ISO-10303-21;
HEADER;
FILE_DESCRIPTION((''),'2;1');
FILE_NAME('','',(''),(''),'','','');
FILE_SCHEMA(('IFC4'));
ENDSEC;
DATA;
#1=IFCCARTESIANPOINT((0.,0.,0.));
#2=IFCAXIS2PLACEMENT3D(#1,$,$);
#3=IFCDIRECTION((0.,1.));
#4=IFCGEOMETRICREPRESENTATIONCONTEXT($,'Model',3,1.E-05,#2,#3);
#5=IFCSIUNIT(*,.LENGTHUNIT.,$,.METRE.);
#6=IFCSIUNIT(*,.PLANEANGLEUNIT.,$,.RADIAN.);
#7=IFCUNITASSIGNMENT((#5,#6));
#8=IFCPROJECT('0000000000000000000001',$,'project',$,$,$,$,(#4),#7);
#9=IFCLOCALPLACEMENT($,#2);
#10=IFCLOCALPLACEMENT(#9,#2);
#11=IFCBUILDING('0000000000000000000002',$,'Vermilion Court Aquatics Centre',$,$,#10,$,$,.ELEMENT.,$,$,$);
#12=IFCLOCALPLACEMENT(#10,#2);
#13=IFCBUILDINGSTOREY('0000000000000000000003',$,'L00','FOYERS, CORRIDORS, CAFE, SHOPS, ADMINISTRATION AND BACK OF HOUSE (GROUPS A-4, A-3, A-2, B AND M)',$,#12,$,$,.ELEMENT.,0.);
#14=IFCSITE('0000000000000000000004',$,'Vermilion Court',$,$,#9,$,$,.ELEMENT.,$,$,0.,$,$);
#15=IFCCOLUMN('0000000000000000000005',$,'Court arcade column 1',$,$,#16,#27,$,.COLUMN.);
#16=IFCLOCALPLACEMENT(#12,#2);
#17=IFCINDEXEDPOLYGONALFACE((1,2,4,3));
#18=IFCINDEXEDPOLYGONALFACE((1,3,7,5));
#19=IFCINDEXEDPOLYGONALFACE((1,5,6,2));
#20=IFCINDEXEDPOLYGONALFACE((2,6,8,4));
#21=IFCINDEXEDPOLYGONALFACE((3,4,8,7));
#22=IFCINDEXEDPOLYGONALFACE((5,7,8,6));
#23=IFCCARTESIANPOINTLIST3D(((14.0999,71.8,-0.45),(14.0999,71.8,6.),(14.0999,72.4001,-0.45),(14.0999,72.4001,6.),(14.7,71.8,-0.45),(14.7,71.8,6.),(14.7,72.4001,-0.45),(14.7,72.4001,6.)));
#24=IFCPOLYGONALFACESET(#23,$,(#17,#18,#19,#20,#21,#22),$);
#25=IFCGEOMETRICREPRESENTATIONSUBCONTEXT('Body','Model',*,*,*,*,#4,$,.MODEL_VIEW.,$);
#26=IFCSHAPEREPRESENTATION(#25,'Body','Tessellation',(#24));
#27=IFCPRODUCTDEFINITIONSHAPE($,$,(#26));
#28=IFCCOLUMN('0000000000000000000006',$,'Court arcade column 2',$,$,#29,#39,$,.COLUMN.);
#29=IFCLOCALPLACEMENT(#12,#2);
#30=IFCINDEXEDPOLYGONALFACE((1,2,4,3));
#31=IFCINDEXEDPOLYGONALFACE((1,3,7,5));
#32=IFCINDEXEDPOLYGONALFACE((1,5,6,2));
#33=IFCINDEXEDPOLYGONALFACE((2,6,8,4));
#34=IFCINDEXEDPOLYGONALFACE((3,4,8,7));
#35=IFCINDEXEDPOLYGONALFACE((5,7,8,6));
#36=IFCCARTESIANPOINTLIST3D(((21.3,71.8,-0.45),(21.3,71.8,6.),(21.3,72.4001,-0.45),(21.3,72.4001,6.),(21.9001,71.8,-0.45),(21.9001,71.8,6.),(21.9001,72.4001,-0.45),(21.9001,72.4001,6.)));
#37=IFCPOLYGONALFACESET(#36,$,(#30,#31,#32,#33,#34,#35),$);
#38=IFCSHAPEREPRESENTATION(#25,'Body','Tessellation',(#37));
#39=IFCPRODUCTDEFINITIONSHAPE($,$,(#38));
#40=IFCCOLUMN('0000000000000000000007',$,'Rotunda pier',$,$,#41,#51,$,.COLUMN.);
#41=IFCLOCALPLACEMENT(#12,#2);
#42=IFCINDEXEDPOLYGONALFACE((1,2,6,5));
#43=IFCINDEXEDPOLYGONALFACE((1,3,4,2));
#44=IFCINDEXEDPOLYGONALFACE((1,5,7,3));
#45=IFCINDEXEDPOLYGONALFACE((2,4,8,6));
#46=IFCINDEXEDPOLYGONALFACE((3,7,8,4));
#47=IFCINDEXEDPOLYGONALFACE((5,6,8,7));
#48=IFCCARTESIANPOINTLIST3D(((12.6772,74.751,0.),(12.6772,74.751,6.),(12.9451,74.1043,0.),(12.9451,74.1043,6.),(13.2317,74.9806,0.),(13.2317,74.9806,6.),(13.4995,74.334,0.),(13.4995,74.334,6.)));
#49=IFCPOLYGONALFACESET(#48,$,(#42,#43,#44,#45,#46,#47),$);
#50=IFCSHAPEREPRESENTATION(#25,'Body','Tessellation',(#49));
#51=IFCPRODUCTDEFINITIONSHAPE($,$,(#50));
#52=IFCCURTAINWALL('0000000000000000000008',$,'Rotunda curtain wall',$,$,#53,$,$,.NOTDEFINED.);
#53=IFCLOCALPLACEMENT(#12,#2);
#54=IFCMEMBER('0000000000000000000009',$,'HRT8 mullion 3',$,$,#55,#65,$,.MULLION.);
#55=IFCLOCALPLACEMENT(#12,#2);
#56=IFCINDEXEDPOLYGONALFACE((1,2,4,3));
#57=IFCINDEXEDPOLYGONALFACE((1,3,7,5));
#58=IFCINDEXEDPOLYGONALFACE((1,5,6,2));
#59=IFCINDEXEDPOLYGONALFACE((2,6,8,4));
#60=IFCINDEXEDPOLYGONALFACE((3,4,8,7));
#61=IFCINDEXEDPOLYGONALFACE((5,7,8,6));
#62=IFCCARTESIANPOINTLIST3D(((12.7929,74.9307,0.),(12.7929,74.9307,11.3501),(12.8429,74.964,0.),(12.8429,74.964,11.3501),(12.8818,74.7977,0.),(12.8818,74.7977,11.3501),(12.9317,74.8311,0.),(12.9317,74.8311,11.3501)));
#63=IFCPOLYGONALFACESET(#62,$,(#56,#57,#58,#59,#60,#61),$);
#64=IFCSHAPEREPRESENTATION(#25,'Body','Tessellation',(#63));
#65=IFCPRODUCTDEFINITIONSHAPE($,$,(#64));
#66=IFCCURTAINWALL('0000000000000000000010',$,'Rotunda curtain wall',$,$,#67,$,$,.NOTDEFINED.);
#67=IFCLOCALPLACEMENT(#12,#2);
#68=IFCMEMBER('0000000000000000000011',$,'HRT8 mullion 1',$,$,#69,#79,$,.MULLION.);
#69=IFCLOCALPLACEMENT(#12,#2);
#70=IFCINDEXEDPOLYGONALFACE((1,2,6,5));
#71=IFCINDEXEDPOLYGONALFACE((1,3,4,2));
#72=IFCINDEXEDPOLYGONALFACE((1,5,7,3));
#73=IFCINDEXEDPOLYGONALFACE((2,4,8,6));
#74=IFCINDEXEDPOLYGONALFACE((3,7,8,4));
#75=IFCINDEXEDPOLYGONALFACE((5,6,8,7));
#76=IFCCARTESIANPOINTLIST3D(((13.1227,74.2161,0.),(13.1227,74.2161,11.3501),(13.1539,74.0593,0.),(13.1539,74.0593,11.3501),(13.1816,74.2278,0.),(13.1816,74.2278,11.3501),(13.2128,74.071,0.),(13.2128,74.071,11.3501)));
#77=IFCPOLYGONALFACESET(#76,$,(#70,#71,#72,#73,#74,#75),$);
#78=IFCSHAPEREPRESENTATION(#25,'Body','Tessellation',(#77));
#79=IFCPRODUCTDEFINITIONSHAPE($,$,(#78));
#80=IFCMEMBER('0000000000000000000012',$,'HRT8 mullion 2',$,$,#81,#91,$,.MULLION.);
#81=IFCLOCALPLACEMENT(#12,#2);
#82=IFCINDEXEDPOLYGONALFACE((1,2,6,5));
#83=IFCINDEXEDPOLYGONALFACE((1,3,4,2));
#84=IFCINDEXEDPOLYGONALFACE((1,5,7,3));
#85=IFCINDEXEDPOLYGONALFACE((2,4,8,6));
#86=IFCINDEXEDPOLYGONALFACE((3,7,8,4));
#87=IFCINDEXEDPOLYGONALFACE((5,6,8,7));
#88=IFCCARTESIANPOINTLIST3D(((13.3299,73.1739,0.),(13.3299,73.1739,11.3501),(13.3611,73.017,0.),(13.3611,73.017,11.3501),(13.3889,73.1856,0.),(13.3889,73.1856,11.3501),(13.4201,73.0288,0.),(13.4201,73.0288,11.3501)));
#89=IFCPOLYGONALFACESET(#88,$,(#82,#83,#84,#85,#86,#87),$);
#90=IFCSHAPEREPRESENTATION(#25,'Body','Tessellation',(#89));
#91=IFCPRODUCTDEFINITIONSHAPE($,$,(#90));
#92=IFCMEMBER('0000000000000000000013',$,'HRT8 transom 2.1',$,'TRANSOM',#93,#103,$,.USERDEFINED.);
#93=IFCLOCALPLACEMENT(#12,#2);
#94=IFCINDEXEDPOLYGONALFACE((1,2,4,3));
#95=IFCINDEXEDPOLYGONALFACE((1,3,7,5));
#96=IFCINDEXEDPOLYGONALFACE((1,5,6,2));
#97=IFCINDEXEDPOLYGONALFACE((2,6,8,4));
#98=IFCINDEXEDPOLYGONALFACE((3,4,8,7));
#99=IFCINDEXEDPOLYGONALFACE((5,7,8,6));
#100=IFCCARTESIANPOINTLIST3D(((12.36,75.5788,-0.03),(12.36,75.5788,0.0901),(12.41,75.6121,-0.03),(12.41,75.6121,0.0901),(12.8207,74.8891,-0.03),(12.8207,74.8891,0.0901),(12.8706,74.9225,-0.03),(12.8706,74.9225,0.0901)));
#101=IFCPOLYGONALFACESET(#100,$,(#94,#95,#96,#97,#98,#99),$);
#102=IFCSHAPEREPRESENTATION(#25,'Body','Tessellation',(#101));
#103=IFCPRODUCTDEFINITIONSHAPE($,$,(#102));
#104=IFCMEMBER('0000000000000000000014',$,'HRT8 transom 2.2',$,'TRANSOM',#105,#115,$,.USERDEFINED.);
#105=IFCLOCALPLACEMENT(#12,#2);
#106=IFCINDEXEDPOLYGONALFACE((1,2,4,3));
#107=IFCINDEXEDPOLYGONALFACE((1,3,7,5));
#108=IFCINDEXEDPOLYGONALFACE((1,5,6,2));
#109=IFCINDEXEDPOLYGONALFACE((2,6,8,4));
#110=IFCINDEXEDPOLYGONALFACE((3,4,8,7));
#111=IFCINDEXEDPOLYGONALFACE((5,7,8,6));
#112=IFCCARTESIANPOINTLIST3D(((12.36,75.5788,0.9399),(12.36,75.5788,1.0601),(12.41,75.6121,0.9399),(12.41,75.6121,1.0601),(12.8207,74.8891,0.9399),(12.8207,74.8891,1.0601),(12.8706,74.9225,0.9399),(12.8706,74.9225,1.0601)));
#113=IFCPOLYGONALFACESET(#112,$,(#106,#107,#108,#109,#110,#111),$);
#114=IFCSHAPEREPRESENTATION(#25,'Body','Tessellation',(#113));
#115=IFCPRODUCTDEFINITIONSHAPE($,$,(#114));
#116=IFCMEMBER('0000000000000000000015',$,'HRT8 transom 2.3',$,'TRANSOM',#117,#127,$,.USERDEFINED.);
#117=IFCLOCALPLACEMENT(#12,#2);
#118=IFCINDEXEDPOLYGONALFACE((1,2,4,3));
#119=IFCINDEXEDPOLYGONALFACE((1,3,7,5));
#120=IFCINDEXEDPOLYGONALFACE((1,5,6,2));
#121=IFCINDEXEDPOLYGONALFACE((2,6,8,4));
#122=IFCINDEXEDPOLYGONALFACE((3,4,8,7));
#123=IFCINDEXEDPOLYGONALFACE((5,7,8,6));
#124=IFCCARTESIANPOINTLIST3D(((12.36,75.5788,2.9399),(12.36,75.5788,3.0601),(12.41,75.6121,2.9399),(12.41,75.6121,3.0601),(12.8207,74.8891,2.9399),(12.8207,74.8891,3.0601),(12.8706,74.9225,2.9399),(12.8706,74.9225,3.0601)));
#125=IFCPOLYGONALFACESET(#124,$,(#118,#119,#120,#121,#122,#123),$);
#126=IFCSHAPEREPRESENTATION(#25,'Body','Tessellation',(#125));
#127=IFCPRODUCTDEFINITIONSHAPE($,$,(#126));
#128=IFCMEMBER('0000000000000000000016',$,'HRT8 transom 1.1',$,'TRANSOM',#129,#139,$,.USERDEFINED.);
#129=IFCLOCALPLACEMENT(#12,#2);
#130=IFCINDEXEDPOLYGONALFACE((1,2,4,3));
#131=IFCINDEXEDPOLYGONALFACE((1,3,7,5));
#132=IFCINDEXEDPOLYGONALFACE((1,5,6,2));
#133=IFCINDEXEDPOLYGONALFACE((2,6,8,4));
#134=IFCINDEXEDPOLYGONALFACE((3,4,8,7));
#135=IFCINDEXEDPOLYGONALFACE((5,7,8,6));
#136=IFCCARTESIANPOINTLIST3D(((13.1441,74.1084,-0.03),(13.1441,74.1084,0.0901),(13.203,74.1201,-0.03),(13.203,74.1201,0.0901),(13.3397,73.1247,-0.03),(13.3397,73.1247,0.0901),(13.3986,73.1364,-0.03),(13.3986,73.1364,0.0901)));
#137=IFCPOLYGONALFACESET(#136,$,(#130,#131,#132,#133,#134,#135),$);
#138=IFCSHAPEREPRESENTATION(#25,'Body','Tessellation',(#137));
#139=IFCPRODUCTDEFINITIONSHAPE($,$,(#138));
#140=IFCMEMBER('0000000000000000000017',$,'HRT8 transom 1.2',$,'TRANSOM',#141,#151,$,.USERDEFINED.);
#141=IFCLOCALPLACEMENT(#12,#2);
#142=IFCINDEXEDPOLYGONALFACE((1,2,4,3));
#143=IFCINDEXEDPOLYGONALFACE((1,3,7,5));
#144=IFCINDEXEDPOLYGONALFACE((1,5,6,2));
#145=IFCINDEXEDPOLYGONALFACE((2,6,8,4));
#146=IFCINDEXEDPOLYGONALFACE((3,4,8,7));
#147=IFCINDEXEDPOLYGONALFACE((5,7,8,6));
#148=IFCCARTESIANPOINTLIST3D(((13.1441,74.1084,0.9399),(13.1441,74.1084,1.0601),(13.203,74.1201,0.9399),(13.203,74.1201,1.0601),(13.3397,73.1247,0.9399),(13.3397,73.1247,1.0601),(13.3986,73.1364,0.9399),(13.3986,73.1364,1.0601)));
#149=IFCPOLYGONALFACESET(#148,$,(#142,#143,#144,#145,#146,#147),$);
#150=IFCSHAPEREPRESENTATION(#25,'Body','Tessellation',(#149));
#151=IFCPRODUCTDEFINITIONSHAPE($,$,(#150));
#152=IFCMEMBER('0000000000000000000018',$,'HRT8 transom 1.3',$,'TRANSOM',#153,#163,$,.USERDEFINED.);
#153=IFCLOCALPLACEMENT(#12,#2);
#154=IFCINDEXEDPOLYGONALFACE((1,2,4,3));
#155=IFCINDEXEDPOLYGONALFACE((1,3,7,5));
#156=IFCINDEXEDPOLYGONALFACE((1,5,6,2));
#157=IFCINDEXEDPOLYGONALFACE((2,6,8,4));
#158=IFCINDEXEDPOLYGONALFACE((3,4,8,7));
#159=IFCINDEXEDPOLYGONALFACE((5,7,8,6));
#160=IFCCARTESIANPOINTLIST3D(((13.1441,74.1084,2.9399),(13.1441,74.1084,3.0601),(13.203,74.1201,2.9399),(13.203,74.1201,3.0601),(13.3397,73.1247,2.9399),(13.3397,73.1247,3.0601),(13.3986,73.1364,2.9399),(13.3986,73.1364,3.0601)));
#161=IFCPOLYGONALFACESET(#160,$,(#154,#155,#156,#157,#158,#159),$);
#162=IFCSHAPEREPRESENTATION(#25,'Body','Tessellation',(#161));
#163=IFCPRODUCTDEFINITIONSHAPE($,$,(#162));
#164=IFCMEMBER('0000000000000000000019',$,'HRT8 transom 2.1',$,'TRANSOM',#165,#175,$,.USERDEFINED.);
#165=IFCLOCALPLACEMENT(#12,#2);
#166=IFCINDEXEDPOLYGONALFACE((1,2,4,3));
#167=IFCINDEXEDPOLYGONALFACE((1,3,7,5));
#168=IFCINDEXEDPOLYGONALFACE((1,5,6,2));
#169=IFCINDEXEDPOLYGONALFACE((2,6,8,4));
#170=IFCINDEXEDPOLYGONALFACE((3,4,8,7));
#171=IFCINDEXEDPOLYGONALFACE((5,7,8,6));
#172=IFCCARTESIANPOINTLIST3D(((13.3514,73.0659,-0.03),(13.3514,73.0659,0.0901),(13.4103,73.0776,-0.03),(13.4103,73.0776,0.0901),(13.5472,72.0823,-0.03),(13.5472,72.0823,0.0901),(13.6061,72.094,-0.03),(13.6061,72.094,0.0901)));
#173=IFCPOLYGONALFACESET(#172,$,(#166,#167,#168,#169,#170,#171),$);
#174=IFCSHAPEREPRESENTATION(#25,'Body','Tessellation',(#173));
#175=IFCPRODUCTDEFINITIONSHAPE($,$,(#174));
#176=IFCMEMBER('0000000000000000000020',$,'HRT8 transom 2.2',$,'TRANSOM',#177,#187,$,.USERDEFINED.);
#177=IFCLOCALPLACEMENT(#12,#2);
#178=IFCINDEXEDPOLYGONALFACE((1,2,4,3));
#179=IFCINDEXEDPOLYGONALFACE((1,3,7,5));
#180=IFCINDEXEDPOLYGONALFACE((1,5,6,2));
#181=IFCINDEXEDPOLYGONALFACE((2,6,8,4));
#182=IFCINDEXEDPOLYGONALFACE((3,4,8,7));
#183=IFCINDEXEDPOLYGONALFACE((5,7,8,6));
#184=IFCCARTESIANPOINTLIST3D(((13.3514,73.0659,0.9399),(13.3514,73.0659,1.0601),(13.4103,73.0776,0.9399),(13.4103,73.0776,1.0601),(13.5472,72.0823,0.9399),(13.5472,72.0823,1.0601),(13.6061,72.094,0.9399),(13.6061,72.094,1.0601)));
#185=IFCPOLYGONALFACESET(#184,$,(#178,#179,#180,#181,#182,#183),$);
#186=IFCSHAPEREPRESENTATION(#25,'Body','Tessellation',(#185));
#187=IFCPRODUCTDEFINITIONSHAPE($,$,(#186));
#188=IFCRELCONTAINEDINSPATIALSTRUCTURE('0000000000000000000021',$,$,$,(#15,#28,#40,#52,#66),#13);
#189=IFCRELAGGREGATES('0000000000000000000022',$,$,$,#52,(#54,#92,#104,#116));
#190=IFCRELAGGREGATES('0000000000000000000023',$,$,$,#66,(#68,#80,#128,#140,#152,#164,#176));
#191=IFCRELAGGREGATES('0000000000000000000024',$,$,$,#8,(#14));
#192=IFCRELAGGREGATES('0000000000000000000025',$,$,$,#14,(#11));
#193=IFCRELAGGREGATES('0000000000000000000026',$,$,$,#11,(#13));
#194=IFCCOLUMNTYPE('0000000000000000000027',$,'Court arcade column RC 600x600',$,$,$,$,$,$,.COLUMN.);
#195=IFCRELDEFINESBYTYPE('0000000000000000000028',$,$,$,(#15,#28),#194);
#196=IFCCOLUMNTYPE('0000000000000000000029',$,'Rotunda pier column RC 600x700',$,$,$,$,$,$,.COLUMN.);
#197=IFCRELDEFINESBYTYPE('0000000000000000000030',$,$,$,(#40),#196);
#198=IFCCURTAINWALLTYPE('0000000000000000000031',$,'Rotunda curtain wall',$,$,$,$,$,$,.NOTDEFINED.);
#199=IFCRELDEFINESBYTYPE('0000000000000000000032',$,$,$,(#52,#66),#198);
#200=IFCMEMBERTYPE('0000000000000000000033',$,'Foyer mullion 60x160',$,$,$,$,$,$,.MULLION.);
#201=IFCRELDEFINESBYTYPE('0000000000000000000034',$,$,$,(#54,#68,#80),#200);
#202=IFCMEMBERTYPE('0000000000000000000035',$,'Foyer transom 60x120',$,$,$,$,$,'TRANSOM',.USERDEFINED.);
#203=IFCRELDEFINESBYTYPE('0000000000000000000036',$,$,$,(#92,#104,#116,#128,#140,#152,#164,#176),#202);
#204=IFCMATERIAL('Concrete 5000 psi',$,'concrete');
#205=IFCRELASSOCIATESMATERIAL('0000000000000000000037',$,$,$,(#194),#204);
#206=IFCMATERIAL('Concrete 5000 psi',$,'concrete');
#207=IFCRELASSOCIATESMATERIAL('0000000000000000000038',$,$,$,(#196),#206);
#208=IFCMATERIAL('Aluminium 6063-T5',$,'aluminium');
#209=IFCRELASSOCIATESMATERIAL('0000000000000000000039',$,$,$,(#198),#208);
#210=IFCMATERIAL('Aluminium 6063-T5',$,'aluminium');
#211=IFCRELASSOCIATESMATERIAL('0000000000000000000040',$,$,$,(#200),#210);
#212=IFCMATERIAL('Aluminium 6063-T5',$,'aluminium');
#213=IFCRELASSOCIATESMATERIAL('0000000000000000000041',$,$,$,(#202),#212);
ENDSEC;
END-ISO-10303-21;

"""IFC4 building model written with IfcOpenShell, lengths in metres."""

from ifc_helpers import new_model, si_unit, direction, frame, origin, origin_2d, place, context, subcontext, project, spatial, rectangle, extrude, material, material_profile, profile_set, type_object, element, aggregate, save


model = new_model("IFC4")

# Units and contexts
model_context = context("Model", 3, precision=1e-05, world=origin(), true_north=direction((0.0, 1.0)))
body_context = subcontext(model_context, "Body", "Model", "MODEL_VIEW")
ifc_project = project(units=[si_unit("LENGTHUNIT", "METRE"), si_unit("PLANEANGLEUNIT", "RADIAN")], contexts=[model_context])

# Site, building, storey
site_placement = place(None, origin())
site = spatial("IfcSite", under=ifc_project, at=site_placement, Name="Vermilion Court", CompositionType="ELEMENT", RefElevation=0.0)
building_placement = place(site_placement, origin())
building = spatial("IfcBuilding", under=site, at=building_placement, Name="Vermilion Court Aquatics Centre", CompositionType="ELEMENT")
storey_placement = place(building_placement, origin())
storey = spatial("IfcBuildingStorey", under=building, at=storey_placement, Name="L00", Description="FOYERS, CORRIDORS, CAFE, SHOPS, ADMINISTRATION AND BACK OF HOUSE (GROUPS A-4, A-3, A-2, B AND M)", CompositionType="ELEMENT", Elevation=0.0)

# Columns
ifc_material_1 = material(Name="Concrete 5000 psi", Category="concrete")
ifc_material_profile_1 = material_profile(ifc_material_1, rectangle(XDim=0.6001, YDim=0.6001, at=origin_2d()), Name="RC 600x600")
ifc_profile_set_1 = profile_set([ifc_material_profile_1], Name="Concrete 5000 psi")
column_type_1 = type_object("IfcColumnType", Name="Court arcade column RC 600x600", PredefinedType="COLUMN", material=ifc_profile_set_1)
for number, where, z_axis, x_axis, name in (
    (1, (14.3999, 72.1001, -0.45), (0.0, 0.0, 1.0), (1.0, 0.0, 0.0), "Court arcade column 1"),
    (2, (21.6001, 72.1001, -0.45), (0.0, 0.0, 1.0), (1.0, 0.0, 0.0), "Court arcade column 2"),
):
    element("IfcColumn", number, at=place(storey_placement, frame(where, z_axis=z_axis, x_axis=x_axis)), inside=storey, type_object=column_type_1, Name=name, PredefinedType="COLUMN", context=body_context, shape_type="SweptSolid", body=[
        extrude(rectangle(XDim=0.6001, YDim=0.6001, at=origin_2d()), origin(), (0.0, 0.0, 1.0), 6.45),
    ])
ifc_material_2 = material(Name="Concrete 5000 psi", Category="concrete")
ifc_material_profile_2 = material_profile(ifc_material_2, rectangle(XDim=0.6001, YDim=0.7, at=origin_2d()), Name="RC 600x700")
ifc_profile_set_2 = profile_set([ifc_material_profile_2], Name="Concrete 5000 psi")
column_type_2 = type_object("IfcColumnType", Name="Rotunda pier column RC 600x700", PredefinedType="COLUMN", material=ifc_profile_set_2)
column_placement = place(storey_placement, frame((13.0884, 74.5425, 0.0), z_axis=(0.0, 0.0, 1.0), x_axis=(0.92388, 0.382683, 0.0)))
element("IfcColumn", 3, at=column_placement, inside=storey, type_object=column_type_2, Name="Rotunda pier", PredefinedType="COLUMN", context=body_context, shape_type="SweptSolid", body=[
    extrude(rectangle(XDim=0.6001, YDim=0.7, at=origin_2d()), origin(), (0.0, 0.0, 1.0), 6.0),
])

# Curtain wall, member
ifc_material_3 = material(Name="Aluminium 6063-T5", Category="aluminium")
curtain_wall_type = type_object("IfcCurtainWallType", Name="Rotunda curtain wall", PredefinedType="NOTDEFINED", material=ifc_material_3)
curtain_wall_1_placement = place(storey_placement, origin())
curtain_wall_1 = element("IfcCurtainWall", 4, at=curtain_wall_1_placement, inside=storey, type_object=curtain_wall_type, Name="Rotunda curtain wall", PredefinedType="NOTDEFINED")
ifc_material_4 = material(Name="Aluminium 6063-T5", Category="aluminium")
ifc_material_profile_3 = material_profile(ifc_material_4, rectangle(XDim=0.0601, YDim=0.1599, at=origin_2d()), Name="Aluminium 60x160")
ifc_profile_set_3 = profile_set([ifc_material_profile_3], Name="Aluminium 6063-T5")
member_type_1 = type_object("IfcMemberType", Name="Foyer mullion 60x160", PredefinedType="MULLION", material=ifc_profile_set_3)
member_1_placement = place(storey_placement, frame((12.8623, 74.8809, 0.0), z_axis=(0.0, 0.0, 1.0), x_axis=(0.831489, 0.555541, 0.0)))
member_1 = element("IfcMember", 5, at=member_1_placement, type_object=member_type_1, Name="HRT8 mullion 3", PredefinedType="MULLION", context=body_context, shape_type="SweptSolid", body=[
    extrude(rectangle(XDim=0.0601, YDim=0.1599, at=origin_2d()), origin(), (0.0, 0.0, 1.0), 11.3501),
])

# Curtain wall, members
curtain_wall_2_placement = place(storey_placement, origin())
curtain_wall_2 = element("IfcCurtainWall", 6, at=curtain_wall_2_placement, inside=storey, type_object=curtain_wall_type, Name="Rotunda curtain wall", PredefinedType="NOTDEFINED")
member_2_placement = place(storey_placement, frame((13.1677, 74.1436, 0.0), z_axis=(0.0, 0.0, 1.0), x_axis=(0.980784, 0.195095, 0.0)))
member_2 = element("IfcMember", 7, at=member_2_placement, type_object=member_type_1, Name="HRT8 mullion 1", PredefinedType="MULLION", context=body_context, shape_type="SweptSolid", body=[
    extrude(rectangle(XDim=0.0601, YDim=0.1599, at=origin_2d()), origin(), (0.0, 0.0, 1.0), 11.3501),
])
member_3_placement = place(storey_placement, frame((13.375, 73.1013, 0.0), z_axis=(0.0, 0.0, 1.0), x_axis=(0.980784, 0.195095, 0.0)))
member_3 = element("IfcMember", 8, at=member_3_placement, type_object=member_type_1, Name="HRT8 mullion 2", PredefinedType="MULLION", context=body_context, shape_type="SweptSolid", body=[
    extrude(rectangle(XDim=0.0601, YDim=0.1599, at=origin_2d()), origin(), (0.0, 0.0, 1.0), 11.3501),
])

# Members
ifc_material_5 = material(Name="Aluminium 6063-T5", Category="aluminium")
ifc_material_profile_4 = material_profile(ifc_material_5, rectangle(XDim=0.0601, YDim=0.1201, at=origin_2d()), Name="Aluminium 60x120")
ifc_profile_set_4 = profile_set([ifc_material_profile_4], Name="Aluminium 6063-T5")
member_type_2 = type_object("IfcMemberType", Name="Foyer transom 60x120", ElementType="TRANSOM", PredefinedType="USERDEFINED", material=ifc_profile_set_4)
member_4_placement = place(storey_placement, frame((12.385, 75.5955, 0.03), z_axis=(0.555447, -0.831552, 0.0), x_axis=(0.831552, 0.555447, 0.0)))
member_4 = element("IfcMember", 9, at=member_4_placement, type_object=member_type_2, Name="HRT8 transom 2.1", ObjectType="TRANSOM", PredefinedType="USERDEFINED", context=body_context, shape_type="SweptSolid", body=[
    extrude(rectangle(XDim=0.0601, YDim=0.1201, at=origin_2d()), origin(), (0.0, 0.0, 1.0), 0.8293),
])
member_5_placement = place(storey_placement, frame((12.385, 75.5955, 1.0), z_axis=(0.555447, -0.831552, 0.0), x_axis=(0.831552, 0.555447, 0.0)))
member_5 = element("IfcMember", 10, at=member_5_placement, type_object=member_type_2, Name="HRT8 transom 2.2", ObjectType="TRANSOM", PredefinedType="USERDEFINED", context=body_context, shape_type="SweptSolid", body=[
    extrude(rectangle(XDim=0.0601, YDim=0.1201, at=origin_2d()), origin(), (0.0, 0.0, 1.0), 0.8293),
])
member_6_placement = place(storey_placement, frame((12.385, 75.5955, 3.0), z_axis=(0.555447, -0.831552, 0.0), x_axis=(0.831552, 0.555447, 0.0)))
member_6 = element("IfcMember", 11, at=member_6_placement, type_object=member_type_2, Name="HRT8 transom 2.3", ObjectType="TRANSOM", PredefinedType="USERDEFINED", context=body_context, shape_type="SweptSolid", body=[
    extrude(rectangle(XDim=0.0601, YDim=0.1201, at=origin_2d()), origin(), (0.0, 0.0, 1.0), 0.8293),
])
member_7_placement = place(storey_placement, frame((13.1736, 74.1143, 0.03), z_axis=(0.194992, -0.980805, 0.0), x_axis=(0.980805, 0.194992, 0.0)))
member_7 = element("IfcMember", 12, at=member_7_placement, type_object=member_type_2, Name="HRT8 transom 1.1", ObjectType="TRANSOM", PredefinedType="USERDEFINED", context=body_context, shape_type="SweptSolid", body=[
    extrude(rectangle(XDim=0.0601, YDim=0.1201, at=origin_2d()), origin(), (0.0, 0.0, 1.0), 1.0029),
])
member_8_placement = place(storey_placement, frame((13.1736, 74.1143, 1.0), z_axis=(0.194992, -0.980805, 0.0), x_axis=(0.980805, 0.194992, 0.0)))
member_8 = element("IfcMember", 13, at=member_8_placement, type_object=member_type_2, Name="HRT8 transom 1.2", ObjectType="TRANSOM", PredefinedType="USERDEFINED", context=body_context, shape_type="SweptSolid", body=[
    extrude(rectangle(XDim=0.0601, YDim=0.1201, at=origin_2d()), origin(), (0.0, 0.0, 1.0), 1.0029),
])
member_9_placement = place(storey_placement, frame((13.1736, 74.1143, 3.0), z_axis=(0.194992, -0.980805, 0.0), x_axis=(0.980805, 0.194992, 0.0)))
member_9 = element("IfcMember", 14, at=member_9_placement, type_object=member_type_2, Name="HRT8 transom 1.3", ObjectType="TRANSOM", PredefinedType="USERDEFINED", context=body_context, shape_type="SweptSolid", body=[
    extrude(rectangle(XDim=0.0601, YDim=0.1201, at=origin_2d()), origin(), (0.0, 0.0, 1.0), 1.0029),
])
member_10_placement = place(storey_placement, frame((13.3809, 73.0718, 0.03), z_axis=(0.195227, -0.980758, 0.0), x_axis=(0.980758, 0.195227, 0.0)))
member_10 = element("IfcMember", 15, at=member_10_placement, type_object=member_type_2, Name="HRT8 transom 2.1", ObjectType="TRANSOM", PredefinedType="USERDEFINED", context=body_context, shape_type="SweptSolid", body=[
    extrude(rectangle(XDim=0.0601, YDim=0.1201, at=origin_2d()), origin(), (0.0, 0.0, 1.0), 1.0029),
])
member_11_placement = place(storey_placement, frame((13.3809, 73.0718, 1.0), z_axis=(0.195227, -0.980758, 0.0), x_axis=(0.980758, 0.195227, 0.0)))
member_11 = element("IfcMember", 16, at=member_11_placement, type_object=member_type_2, Name="HRT8 transom 2.2", ObjectType="TRANSOM", PredefinedType="USERDEFINED", context=body_context, shape_type="SweptSolid", body=[
    extrude(rectangle(XDim=0.0601, YDim=0.1201, at=origin_2d()), origin(), (0.0, 0.0, 1.0), 1.0029),
])

aggregate(curtain_wall_1, [member_1, member_4, member_5, member_6])
aggregate(curtain_wall_2, [member_2, member_3, member_7, member_8, member_9, member_10, member_11])

save(model, "model.ifc")
